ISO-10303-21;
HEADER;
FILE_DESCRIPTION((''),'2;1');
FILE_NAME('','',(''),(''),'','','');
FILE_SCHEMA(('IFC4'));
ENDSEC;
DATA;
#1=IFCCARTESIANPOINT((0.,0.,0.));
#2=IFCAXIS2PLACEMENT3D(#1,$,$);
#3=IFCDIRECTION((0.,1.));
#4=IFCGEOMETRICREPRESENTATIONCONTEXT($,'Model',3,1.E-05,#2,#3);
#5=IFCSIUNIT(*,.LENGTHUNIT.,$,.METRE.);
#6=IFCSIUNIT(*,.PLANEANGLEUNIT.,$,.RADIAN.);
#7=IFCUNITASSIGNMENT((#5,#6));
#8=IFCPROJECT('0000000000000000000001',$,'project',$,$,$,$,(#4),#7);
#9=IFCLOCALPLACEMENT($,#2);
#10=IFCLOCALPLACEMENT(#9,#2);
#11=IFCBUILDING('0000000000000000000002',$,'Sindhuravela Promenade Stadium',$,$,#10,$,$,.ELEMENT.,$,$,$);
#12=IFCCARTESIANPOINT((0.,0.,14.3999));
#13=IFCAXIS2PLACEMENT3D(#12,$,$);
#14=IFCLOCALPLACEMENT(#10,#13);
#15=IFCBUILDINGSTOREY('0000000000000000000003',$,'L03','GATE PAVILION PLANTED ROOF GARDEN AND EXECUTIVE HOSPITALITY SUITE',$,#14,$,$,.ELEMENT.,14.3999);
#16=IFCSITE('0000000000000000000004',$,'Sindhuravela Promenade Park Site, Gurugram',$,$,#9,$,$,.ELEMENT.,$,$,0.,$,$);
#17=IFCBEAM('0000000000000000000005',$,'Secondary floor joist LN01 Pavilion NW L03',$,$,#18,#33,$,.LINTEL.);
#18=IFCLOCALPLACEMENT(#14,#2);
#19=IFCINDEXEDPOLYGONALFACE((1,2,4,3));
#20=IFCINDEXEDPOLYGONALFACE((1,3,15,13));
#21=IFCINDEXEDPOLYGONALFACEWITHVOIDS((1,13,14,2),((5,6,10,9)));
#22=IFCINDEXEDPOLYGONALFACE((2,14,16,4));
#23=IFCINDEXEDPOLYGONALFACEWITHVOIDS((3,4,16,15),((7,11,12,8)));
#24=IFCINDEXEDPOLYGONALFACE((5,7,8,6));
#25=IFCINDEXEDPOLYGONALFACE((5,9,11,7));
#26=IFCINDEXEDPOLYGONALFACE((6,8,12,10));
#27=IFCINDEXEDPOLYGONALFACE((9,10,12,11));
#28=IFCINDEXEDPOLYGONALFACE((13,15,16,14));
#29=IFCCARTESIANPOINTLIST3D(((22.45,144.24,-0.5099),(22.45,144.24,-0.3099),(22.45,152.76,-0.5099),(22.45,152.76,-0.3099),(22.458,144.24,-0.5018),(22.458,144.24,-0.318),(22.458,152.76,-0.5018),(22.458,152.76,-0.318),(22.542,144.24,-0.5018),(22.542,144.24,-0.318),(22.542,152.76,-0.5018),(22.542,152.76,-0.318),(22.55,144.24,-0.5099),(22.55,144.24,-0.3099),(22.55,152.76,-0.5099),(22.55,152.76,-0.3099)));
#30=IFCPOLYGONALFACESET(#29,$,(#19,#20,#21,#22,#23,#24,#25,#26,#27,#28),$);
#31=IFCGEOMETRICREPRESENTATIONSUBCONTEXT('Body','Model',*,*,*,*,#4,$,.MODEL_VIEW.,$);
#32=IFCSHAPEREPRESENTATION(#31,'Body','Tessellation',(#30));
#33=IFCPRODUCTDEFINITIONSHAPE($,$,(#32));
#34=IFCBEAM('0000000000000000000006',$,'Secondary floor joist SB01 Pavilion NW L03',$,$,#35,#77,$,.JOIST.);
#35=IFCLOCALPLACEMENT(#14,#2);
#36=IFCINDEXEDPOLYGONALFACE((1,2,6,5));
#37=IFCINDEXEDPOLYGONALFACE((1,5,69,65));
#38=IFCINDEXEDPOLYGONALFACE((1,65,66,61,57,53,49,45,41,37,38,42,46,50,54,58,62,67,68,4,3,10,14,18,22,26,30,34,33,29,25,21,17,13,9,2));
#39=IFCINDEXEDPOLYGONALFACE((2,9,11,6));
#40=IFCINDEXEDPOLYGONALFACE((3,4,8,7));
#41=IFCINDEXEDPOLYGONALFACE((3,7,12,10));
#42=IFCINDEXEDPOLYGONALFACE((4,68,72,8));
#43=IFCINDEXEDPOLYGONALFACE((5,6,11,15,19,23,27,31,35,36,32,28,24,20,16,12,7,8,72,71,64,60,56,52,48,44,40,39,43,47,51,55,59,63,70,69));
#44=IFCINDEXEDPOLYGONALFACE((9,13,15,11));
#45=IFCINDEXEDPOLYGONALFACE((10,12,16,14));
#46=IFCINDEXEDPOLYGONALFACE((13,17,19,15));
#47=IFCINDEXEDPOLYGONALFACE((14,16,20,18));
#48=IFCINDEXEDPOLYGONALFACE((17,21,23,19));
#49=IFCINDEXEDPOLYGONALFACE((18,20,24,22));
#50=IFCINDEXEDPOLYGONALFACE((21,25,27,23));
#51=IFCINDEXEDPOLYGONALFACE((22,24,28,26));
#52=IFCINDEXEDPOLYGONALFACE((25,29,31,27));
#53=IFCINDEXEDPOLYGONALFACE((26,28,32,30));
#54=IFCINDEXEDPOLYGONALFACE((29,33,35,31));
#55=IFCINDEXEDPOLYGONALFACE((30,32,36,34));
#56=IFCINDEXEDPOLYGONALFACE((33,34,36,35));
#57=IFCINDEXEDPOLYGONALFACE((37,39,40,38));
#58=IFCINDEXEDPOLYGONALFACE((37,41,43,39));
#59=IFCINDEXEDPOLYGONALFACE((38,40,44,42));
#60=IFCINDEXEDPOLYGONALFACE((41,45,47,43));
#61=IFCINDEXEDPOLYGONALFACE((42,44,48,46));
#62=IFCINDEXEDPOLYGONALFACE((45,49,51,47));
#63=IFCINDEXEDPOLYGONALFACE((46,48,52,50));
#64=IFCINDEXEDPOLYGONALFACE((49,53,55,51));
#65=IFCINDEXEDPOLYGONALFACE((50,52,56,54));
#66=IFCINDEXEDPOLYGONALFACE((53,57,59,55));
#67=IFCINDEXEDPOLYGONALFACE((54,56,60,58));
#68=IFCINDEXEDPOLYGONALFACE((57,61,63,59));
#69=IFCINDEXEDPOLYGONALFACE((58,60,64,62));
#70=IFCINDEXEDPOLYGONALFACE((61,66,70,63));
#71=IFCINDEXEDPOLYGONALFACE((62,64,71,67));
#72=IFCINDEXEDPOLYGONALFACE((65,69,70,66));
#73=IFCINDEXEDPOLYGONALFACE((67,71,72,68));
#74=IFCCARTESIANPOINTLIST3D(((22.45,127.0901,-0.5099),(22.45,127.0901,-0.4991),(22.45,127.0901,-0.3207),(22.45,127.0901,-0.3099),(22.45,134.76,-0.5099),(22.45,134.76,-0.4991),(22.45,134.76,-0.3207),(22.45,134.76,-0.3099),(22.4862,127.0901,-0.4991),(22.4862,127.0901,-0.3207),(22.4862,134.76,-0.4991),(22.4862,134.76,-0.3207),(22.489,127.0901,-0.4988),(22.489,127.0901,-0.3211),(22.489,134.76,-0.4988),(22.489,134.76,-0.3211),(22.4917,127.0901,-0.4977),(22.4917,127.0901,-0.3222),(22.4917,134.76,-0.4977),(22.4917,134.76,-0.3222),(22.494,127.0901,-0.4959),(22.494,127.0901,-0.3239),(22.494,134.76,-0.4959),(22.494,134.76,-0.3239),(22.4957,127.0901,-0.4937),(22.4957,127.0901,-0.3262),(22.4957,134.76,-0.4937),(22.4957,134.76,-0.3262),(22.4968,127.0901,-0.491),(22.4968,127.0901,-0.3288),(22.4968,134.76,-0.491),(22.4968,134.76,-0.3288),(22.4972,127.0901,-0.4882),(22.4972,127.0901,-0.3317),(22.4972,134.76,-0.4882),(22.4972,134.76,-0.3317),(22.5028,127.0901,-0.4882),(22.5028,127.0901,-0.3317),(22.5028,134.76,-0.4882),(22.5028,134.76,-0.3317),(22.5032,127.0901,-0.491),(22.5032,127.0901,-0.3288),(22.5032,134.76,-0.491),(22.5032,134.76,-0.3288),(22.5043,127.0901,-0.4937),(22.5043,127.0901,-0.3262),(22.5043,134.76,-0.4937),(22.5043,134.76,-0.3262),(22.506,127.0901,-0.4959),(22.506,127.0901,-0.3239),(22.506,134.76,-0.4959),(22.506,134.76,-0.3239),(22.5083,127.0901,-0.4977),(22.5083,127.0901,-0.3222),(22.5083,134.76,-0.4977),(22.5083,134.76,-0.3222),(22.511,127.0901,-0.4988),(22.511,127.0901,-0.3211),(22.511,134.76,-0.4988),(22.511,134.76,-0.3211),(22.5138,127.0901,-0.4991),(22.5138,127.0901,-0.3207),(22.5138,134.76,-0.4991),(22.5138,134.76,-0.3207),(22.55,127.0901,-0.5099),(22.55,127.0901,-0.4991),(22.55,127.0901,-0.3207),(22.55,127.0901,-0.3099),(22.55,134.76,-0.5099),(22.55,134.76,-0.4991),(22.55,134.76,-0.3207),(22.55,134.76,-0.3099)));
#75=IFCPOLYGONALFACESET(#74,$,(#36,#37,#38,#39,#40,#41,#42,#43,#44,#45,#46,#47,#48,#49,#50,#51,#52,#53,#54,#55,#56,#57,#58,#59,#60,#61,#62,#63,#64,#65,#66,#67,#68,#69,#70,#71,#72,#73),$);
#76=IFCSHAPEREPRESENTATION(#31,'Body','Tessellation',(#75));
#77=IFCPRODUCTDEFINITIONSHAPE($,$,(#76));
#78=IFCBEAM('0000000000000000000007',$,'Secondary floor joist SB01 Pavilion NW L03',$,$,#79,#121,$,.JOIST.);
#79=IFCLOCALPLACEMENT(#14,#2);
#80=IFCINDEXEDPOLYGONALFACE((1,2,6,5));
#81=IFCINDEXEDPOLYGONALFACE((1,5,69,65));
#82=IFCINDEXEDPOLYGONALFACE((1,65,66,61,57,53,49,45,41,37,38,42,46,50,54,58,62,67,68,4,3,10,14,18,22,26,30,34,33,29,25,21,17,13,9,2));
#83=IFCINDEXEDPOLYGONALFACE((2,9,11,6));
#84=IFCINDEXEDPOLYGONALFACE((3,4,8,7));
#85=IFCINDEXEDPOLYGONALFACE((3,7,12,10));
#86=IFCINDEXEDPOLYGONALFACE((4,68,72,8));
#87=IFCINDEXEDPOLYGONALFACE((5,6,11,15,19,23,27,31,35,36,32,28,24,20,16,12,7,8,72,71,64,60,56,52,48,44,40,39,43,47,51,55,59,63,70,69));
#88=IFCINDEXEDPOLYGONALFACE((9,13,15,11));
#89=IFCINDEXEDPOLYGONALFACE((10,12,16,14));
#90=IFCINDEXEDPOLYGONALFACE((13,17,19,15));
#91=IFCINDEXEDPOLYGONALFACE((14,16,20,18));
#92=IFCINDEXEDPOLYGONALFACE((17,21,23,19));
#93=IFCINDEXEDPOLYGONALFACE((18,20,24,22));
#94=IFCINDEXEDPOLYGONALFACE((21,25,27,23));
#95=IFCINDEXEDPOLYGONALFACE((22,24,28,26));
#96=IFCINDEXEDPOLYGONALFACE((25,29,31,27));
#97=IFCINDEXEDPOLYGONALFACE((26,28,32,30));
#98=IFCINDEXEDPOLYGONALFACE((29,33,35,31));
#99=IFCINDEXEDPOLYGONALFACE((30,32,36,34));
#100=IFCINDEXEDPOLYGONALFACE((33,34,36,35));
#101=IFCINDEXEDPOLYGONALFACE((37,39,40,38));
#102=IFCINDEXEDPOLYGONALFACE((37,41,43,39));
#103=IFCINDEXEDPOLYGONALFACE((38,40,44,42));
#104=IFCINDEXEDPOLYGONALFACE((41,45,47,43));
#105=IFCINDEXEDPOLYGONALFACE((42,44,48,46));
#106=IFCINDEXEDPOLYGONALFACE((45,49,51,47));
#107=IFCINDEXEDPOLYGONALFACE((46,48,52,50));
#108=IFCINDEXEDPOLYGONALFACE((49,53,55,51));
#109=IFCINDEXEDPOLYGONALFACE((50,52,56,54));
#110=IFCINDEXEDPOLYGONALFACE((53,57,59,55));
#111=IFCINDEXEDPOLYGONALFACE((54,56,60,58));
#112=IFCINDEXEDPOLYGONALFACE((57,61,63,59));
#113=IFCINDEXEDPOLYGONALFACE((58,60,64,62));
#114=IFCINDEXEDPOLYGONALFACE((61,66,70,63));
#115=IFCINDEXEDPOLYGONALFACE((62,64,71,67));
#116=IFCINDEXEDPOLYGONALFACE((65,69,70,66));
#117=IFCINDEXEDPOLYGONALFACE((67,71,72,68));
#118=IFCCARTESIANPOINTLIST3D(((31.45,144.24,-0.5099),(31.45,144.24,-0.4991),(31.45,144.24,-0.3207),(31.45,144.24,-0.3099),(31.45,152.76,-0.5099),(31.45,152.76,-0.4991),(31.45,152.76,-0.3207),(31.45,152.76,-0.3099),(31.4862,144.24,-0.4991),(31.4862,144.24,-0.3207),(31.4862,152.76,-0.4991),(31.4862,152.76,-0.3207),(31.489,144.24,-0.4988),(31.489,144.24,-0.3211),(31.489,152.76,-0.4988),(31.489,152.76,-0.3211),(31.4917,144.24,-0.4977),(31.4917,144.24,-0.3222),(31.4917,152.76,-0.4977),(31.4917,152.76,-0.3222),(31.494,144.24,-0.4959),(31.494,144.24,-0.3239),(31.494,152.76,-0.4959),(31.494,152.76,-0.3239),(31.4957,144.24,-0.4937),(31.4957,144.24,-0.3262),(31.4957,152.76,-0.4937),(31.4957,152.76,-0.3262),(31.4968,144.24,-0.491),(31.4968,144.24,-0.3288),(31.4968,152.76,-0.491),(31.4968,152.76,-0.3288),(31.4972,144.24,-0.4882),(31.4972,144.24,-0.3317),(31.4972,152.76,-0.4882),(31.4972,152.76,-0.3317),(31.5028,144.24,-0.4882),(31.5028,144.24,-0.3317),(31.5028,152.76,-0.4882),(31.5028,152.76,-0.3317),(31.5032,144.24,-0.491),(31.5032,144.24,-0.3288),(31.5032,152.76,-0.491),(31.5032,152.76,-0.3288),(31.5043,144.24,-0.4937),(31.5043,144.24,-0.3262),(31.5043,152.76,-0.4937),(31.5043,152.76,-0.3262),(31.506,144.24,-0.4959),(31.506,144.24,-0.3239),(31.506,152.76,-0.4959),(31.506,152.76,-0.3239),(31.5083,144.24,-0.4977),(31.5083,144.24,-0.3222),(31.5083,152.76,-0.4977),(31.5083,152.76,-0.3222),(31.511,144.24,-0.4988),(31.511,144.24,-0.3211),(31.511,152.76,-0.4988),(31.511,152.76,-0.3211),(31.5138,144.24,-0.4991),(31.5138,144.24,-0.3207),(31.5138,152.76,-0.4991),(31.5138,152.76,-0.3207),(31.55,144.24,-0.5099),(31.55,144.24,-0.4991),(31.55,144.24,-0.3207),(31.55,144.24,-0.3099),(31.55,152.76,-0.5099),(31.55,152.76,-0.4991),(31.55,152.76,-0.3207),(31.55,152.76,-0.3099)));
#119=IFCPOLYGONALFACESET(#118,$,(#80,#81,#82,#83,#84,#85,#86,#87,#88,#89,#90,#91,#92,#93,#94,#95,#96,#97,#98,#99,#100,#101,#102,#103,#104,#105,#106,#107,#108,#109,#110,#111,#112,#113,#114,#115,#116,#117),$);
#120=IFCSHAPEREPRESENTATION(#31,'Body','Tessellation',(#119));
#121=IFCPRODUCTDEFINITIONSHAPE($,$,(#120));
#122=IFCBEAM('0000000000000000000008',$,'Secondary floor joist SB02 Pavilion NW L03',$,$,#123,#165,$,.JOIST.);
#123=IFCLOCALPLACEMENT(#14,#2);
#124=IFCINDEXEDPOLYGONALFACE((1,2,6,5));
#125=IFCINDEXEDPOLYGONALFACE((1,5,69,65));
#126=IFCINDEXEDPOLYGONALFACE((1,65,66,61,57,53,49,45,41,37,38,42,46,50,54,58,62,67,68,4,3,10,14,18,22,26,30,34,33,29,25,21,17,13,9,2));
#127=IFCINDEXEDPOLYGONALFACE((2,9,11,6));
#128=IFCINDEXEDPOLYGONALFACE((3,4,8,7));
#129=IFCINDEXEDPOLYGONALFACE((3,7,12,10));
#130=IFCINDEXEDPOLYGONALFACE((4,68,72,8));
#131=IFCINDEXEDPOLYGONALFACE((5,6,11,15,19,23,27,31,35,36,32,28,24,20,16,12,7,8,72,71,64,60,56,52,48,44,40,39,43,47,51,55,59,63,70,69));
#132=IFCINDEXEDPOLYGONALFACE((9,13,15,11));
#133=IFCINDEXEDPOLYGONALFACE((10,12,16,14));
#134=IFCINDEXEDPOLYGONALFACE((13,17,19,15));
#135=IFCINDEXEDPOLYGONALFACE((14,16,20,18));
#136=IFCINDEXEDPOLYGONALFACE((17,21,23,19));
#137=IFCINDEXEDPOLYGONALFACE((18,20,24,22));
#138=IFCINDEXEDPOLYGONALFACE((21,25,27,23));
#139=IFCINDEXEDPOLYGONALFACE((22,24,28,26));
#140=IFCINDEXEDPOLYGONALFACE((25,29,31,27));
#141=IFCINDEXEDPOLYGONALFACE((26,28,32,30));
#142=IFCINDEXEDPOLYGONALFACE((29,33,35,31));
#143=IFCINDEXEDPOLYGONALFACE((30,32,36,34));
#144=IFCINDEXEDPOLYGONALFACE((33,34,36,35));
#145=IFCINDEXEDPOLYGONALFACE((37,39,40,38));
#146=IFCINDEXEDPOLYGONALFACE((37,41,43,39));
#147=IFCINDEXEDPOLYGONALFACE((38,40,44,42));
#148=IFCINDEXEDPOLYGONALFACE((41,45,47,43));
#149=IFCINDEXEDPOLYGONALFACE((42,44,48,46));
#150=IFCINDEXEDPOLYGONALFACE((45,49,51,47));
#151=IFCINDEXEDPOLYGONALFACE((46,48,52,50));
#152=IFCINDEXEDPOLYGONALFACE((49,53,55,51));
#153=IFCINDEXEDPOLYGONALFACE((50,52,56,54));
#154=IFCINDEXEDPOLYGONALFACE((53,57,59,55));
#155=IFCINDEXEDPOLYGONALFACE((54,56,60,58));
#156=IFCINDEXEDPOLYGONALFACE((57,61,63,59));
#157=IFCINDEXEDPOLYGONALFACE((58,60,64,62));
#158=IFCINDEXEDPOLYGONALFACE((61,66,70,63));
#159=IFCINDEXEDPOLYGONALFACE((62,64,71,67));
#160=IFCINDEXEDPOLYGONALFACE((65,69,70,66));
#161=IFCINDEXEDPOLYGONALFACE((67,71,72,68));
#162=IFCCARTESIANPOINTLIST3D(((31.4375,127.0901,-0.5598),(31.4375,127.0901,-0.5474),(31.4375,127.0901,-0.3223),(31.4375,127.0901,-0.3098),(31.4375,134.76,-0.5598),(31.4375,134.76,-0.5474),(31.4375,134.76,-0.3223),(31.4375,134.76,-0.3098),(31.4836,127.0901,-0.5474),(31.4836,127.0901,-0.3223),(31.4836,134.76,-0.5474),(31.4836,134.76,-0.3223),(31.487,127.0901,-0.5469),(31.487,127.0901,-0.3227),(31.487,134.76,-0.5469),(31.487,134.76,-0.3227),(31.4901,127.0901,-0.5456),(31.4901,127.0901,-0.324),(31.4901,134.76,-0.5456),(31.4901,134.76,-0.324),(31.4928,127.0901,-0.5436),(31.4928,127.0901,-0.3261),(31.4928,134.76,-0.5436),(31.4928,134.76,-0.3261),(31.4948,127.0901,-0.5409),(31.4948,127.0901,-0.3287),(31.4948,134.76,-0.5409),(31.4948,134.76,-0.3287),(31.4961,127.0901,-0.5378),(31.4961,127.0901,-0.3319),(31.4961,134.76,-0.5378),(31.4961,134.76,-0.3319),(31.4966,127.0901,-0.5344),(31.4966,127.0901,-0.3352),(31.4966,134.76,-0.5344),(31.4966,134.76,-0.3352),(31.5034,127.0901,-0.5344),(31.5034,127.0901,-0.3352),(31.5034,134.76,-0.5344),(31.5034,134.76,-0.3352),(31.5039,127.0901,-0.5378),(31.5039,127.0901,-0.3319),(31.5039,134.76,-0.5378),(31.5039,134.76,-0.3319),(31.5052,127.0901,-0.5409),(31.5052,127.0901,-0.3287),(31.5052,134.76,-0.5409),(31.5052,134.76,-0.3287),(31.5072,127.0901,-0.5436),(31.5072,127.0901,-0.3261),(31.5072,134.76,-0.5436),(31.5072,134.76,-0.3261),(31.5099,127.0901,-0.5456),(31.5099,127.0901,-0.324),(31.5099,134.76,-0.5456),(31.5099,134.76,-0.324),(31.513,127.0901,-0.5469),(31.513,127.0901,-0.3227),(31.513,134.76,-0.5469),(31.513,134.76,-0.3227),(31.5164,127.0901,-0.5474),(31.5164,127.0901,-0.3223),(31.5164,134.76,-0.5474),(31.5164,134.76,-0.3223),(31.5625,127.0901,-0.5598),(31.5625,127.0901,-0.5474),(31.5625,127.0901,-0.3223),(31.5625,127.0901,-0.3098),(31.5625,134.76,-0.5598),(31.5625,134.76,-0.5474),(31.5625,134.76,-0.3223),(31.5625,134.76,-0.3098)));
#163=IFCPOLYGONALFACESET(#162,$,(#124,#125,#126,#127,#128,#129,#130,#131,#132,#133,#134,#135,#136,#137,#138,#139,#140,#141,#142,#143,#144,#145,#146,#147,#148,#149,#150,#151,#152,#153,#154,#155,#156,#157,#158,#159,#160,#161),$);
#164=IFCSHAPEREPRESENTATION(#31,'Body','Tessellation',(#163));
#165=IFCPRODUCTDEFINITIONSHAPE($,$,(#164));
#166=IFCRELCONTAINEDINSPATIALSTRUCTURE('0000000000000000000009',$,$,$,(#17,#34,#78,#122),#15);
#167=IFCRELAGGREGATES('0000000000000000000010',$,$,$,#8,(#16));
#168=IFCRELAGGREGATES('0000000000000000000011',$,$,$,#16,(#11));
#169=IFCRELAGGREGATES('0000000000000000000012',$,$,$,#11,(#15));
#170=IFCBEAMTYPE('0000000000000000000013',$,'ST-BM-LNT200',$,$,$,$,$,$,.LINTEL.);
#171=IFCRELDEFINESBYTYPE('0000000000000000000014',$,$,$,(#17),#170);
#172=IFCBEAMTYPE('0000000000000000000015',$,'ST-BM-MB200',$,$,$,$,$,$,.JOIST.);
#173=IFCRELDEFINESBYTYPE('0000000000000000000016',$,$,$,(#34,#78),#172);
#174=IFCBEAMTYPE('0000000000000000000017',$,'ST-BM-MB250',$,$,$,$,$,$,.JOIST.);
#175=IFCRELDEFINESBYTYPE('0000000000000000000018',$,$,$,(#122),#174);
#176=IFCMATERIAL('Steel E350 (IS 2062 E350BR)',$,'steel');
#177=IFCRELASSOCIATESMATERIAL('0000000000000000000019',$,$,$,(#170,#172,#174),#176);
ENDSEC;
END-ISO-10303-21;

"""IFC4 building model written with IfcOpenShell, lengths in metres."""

from ifc_helpers import new_model, si_unit, direction, frame, origin, origin_2d, place, context, subcontext, project, spatial, hollow_rectangle, i_section, extrude, material, material_profile, profile_set, type_object, element, save


model = new_model("IFC4")

# Units and contexts
model_context = context("Model", 3, precision=1e-05, world=origin(), true_north=direction((0.0, 1.0)))
body_context = subcontext(model_context, "Body", "Model", "MODEL_VIEW")
ifc_project = project(units=[si_unit("LENGTHUNIT", "METRE"), si_unit("PLANEANGLEUNIT", "RADIAN")], contexts=[model_context])

# Site, building, storey
site_placement = place(None, origin())
site = spatial("IfcSite", under=ifc_project, at=site_placement, Name="Sindhuravela Promenade Park Site, Gurugram", CompositionType="ELEMENT", RefElevation=0.0)
building_placement = place(site_placement, origin())
building = spatial("IfcBuilding", under=site, at=building_placement, Name="Sindhuravela Promenade Stadium", CompositionType="ELEMENT")
storey_placement = place(building_placement, frame((0.0, 0.0, 14.3999)))
storey = spatial("IfcBuildingStorey", under=building, at=storey_placement, Name="L03", Description="GATE PAVILION PLANTED ROOF GARDEN AND EXECUTIVE HOSPITALITY SUITE", CompositionType="ELEMENT", Elevation=14.3999)

# Beams
ifc_material_1 = material(Name="Steel E350 (IS 2062 E350BR)", Category="steel")
ifc_material_profile_1 = material_profile(ifc_material_1, hollow_rectangle(XDim=0.1001, YDim=0.2, WallThickness=0.0081, at=origin_2d()), Name="RHS 200x100x8")
ifc_profile_set_1 = profile_set([ifc_material_profile_1], Name="Steel E350 (IS 2062 E350BR)")
beam_type_1 = type_object("IfcBeamType", Name="ST-BM-LNT200", PredefinedType="LINTEL", material=ifc_profile_set_1)
beam_1_placement = place(storey_placement, frame((22.5, 144.24, -0.4099), z_axis=(0.0, 1.0, 0.0), x_axis=(-1.0, 0.0, 0.0)))
element("IfcBeam", 1, at=beam_1_placement, inside=storey, type_object=beam_type_1, Name="Secondary floor joist LN01 Pavilion NW L03", PredefinedType="LINTEL", context=body_context, shape_type="SweptSolid", body=[
    extrude(hollow_rectangle(XDim=0.1001, YDim=0.2, WallThickness=0.0081, at=origin_2d()), origin(), (0.0, 0.0, 1.0), 8.52),
])
ifc_material_profile_2 = material_profile(ifc_material_1, i_section(OverallWidth=0.1001, OverallDepth=0.2, WebThickness=0.0056, FlangeThickness=0.0107, FilletRadius=0.011, at=origin_2d()), Name="ISMB 200")
ifc_profile_set_2 = profile_set([ifc_material_profile_2], Name="Steel E350 (IS 2062 E350BR)")
beam_type_2 = type_object("IfcBeamType", Name="ST-BM-MB200", PredefinedType="JOIST", material=ifc_profile_set_2)
beam_2_placement = place(storey_placement, frame((22.5, 127.0901, -0.4099), z_axis=(0.0, 1.0, 0.0), x_axis=(-1.0, 0.0, 0.0)))
element("IfcBeam", 2, at=beam_2_placement, inside=storey, type_object=beam_type_2, Name="Secondary floor joist SB01 Pavilion NW L03", PredefinedType="JOIST", context=body_context, shape_type="SweptSolid", body=[
    extrude(i_section(OverallWidth=0.1001, OverallDepth=0.2, WebThickness=0.0056, FlangeThickness=0.0107, FilletRadius=0.011, at=origin_2d()), origin(), (0.0, 0.0, 1.0), 7.6699),
])
beam_3_placement = place(storey_placement, frame((31.5, 144.24, -0.4099), z_axis=(0.0, 1.0, 0.0), x_axis=(-1.0, 0.0, 0.0)))
element("IfcBeam", 3, at=beam_3_placement, inside=storey, type_object=beam_type_2, Name="Secondary floor joist SB01 Pavilion NW L03", PredefinedType="JOIST", context=body_context, shape_type="SweptSolid", body=[
    extrude(i_section(OverallWidth=0.1001, OverallDepth=0.2, WebThickness=0.0056, FlangeThickness=0.0107, FilletRadius=0.011, at=origin_2d()), origin(), (0.0, 0.0, 1.0), 8.52),
])
ifc_material_profile_3 = material_profile(ifc_material_1, i_section(OverallWidth=0.125, OverallDepth=0.25, WebThickness=0.0068, FlangeThickness=0.0125, FilletRadius=0.0129, at=origin_2d()), Name="ISMB 250")
ifc_profile_set_3 = profile_set([ifc_material_profile_3], Name="Steel E350 (IS 2062 E350BR)")
beam_type_3 = type_object("IfcBeamType", Name="ST-BM-MB250", PredefinedType="JOIST", material=ifc_profile_set_3)
beam_4_placement = place(storey_placement, frame((31.5, 127.0901, -0.4348), z_axis=(0.0, 1.0, 0.0), x_axis=(-1.0, 0.0, 0.0)))
element("IfcBeam", 4, at=beam_4_placement, inside=storey, type_object=beam_type_3, Name="Secondary floor joist SB02 Pavilion NW L03", PredefinedType="JOIST", context=body_context, shape_type="SweptSolid", body=[
    extrude(i_section(OverallWidth=0.125, OverallDepth=0.25, WebThickness=0.0068, FlangeThickness=0.0125, FilletRadius=0.0129, at=origin_2d()), origin(), (0.0, 0.0, 1.0), 7.6699),
])

save(model, "model.ifc")
